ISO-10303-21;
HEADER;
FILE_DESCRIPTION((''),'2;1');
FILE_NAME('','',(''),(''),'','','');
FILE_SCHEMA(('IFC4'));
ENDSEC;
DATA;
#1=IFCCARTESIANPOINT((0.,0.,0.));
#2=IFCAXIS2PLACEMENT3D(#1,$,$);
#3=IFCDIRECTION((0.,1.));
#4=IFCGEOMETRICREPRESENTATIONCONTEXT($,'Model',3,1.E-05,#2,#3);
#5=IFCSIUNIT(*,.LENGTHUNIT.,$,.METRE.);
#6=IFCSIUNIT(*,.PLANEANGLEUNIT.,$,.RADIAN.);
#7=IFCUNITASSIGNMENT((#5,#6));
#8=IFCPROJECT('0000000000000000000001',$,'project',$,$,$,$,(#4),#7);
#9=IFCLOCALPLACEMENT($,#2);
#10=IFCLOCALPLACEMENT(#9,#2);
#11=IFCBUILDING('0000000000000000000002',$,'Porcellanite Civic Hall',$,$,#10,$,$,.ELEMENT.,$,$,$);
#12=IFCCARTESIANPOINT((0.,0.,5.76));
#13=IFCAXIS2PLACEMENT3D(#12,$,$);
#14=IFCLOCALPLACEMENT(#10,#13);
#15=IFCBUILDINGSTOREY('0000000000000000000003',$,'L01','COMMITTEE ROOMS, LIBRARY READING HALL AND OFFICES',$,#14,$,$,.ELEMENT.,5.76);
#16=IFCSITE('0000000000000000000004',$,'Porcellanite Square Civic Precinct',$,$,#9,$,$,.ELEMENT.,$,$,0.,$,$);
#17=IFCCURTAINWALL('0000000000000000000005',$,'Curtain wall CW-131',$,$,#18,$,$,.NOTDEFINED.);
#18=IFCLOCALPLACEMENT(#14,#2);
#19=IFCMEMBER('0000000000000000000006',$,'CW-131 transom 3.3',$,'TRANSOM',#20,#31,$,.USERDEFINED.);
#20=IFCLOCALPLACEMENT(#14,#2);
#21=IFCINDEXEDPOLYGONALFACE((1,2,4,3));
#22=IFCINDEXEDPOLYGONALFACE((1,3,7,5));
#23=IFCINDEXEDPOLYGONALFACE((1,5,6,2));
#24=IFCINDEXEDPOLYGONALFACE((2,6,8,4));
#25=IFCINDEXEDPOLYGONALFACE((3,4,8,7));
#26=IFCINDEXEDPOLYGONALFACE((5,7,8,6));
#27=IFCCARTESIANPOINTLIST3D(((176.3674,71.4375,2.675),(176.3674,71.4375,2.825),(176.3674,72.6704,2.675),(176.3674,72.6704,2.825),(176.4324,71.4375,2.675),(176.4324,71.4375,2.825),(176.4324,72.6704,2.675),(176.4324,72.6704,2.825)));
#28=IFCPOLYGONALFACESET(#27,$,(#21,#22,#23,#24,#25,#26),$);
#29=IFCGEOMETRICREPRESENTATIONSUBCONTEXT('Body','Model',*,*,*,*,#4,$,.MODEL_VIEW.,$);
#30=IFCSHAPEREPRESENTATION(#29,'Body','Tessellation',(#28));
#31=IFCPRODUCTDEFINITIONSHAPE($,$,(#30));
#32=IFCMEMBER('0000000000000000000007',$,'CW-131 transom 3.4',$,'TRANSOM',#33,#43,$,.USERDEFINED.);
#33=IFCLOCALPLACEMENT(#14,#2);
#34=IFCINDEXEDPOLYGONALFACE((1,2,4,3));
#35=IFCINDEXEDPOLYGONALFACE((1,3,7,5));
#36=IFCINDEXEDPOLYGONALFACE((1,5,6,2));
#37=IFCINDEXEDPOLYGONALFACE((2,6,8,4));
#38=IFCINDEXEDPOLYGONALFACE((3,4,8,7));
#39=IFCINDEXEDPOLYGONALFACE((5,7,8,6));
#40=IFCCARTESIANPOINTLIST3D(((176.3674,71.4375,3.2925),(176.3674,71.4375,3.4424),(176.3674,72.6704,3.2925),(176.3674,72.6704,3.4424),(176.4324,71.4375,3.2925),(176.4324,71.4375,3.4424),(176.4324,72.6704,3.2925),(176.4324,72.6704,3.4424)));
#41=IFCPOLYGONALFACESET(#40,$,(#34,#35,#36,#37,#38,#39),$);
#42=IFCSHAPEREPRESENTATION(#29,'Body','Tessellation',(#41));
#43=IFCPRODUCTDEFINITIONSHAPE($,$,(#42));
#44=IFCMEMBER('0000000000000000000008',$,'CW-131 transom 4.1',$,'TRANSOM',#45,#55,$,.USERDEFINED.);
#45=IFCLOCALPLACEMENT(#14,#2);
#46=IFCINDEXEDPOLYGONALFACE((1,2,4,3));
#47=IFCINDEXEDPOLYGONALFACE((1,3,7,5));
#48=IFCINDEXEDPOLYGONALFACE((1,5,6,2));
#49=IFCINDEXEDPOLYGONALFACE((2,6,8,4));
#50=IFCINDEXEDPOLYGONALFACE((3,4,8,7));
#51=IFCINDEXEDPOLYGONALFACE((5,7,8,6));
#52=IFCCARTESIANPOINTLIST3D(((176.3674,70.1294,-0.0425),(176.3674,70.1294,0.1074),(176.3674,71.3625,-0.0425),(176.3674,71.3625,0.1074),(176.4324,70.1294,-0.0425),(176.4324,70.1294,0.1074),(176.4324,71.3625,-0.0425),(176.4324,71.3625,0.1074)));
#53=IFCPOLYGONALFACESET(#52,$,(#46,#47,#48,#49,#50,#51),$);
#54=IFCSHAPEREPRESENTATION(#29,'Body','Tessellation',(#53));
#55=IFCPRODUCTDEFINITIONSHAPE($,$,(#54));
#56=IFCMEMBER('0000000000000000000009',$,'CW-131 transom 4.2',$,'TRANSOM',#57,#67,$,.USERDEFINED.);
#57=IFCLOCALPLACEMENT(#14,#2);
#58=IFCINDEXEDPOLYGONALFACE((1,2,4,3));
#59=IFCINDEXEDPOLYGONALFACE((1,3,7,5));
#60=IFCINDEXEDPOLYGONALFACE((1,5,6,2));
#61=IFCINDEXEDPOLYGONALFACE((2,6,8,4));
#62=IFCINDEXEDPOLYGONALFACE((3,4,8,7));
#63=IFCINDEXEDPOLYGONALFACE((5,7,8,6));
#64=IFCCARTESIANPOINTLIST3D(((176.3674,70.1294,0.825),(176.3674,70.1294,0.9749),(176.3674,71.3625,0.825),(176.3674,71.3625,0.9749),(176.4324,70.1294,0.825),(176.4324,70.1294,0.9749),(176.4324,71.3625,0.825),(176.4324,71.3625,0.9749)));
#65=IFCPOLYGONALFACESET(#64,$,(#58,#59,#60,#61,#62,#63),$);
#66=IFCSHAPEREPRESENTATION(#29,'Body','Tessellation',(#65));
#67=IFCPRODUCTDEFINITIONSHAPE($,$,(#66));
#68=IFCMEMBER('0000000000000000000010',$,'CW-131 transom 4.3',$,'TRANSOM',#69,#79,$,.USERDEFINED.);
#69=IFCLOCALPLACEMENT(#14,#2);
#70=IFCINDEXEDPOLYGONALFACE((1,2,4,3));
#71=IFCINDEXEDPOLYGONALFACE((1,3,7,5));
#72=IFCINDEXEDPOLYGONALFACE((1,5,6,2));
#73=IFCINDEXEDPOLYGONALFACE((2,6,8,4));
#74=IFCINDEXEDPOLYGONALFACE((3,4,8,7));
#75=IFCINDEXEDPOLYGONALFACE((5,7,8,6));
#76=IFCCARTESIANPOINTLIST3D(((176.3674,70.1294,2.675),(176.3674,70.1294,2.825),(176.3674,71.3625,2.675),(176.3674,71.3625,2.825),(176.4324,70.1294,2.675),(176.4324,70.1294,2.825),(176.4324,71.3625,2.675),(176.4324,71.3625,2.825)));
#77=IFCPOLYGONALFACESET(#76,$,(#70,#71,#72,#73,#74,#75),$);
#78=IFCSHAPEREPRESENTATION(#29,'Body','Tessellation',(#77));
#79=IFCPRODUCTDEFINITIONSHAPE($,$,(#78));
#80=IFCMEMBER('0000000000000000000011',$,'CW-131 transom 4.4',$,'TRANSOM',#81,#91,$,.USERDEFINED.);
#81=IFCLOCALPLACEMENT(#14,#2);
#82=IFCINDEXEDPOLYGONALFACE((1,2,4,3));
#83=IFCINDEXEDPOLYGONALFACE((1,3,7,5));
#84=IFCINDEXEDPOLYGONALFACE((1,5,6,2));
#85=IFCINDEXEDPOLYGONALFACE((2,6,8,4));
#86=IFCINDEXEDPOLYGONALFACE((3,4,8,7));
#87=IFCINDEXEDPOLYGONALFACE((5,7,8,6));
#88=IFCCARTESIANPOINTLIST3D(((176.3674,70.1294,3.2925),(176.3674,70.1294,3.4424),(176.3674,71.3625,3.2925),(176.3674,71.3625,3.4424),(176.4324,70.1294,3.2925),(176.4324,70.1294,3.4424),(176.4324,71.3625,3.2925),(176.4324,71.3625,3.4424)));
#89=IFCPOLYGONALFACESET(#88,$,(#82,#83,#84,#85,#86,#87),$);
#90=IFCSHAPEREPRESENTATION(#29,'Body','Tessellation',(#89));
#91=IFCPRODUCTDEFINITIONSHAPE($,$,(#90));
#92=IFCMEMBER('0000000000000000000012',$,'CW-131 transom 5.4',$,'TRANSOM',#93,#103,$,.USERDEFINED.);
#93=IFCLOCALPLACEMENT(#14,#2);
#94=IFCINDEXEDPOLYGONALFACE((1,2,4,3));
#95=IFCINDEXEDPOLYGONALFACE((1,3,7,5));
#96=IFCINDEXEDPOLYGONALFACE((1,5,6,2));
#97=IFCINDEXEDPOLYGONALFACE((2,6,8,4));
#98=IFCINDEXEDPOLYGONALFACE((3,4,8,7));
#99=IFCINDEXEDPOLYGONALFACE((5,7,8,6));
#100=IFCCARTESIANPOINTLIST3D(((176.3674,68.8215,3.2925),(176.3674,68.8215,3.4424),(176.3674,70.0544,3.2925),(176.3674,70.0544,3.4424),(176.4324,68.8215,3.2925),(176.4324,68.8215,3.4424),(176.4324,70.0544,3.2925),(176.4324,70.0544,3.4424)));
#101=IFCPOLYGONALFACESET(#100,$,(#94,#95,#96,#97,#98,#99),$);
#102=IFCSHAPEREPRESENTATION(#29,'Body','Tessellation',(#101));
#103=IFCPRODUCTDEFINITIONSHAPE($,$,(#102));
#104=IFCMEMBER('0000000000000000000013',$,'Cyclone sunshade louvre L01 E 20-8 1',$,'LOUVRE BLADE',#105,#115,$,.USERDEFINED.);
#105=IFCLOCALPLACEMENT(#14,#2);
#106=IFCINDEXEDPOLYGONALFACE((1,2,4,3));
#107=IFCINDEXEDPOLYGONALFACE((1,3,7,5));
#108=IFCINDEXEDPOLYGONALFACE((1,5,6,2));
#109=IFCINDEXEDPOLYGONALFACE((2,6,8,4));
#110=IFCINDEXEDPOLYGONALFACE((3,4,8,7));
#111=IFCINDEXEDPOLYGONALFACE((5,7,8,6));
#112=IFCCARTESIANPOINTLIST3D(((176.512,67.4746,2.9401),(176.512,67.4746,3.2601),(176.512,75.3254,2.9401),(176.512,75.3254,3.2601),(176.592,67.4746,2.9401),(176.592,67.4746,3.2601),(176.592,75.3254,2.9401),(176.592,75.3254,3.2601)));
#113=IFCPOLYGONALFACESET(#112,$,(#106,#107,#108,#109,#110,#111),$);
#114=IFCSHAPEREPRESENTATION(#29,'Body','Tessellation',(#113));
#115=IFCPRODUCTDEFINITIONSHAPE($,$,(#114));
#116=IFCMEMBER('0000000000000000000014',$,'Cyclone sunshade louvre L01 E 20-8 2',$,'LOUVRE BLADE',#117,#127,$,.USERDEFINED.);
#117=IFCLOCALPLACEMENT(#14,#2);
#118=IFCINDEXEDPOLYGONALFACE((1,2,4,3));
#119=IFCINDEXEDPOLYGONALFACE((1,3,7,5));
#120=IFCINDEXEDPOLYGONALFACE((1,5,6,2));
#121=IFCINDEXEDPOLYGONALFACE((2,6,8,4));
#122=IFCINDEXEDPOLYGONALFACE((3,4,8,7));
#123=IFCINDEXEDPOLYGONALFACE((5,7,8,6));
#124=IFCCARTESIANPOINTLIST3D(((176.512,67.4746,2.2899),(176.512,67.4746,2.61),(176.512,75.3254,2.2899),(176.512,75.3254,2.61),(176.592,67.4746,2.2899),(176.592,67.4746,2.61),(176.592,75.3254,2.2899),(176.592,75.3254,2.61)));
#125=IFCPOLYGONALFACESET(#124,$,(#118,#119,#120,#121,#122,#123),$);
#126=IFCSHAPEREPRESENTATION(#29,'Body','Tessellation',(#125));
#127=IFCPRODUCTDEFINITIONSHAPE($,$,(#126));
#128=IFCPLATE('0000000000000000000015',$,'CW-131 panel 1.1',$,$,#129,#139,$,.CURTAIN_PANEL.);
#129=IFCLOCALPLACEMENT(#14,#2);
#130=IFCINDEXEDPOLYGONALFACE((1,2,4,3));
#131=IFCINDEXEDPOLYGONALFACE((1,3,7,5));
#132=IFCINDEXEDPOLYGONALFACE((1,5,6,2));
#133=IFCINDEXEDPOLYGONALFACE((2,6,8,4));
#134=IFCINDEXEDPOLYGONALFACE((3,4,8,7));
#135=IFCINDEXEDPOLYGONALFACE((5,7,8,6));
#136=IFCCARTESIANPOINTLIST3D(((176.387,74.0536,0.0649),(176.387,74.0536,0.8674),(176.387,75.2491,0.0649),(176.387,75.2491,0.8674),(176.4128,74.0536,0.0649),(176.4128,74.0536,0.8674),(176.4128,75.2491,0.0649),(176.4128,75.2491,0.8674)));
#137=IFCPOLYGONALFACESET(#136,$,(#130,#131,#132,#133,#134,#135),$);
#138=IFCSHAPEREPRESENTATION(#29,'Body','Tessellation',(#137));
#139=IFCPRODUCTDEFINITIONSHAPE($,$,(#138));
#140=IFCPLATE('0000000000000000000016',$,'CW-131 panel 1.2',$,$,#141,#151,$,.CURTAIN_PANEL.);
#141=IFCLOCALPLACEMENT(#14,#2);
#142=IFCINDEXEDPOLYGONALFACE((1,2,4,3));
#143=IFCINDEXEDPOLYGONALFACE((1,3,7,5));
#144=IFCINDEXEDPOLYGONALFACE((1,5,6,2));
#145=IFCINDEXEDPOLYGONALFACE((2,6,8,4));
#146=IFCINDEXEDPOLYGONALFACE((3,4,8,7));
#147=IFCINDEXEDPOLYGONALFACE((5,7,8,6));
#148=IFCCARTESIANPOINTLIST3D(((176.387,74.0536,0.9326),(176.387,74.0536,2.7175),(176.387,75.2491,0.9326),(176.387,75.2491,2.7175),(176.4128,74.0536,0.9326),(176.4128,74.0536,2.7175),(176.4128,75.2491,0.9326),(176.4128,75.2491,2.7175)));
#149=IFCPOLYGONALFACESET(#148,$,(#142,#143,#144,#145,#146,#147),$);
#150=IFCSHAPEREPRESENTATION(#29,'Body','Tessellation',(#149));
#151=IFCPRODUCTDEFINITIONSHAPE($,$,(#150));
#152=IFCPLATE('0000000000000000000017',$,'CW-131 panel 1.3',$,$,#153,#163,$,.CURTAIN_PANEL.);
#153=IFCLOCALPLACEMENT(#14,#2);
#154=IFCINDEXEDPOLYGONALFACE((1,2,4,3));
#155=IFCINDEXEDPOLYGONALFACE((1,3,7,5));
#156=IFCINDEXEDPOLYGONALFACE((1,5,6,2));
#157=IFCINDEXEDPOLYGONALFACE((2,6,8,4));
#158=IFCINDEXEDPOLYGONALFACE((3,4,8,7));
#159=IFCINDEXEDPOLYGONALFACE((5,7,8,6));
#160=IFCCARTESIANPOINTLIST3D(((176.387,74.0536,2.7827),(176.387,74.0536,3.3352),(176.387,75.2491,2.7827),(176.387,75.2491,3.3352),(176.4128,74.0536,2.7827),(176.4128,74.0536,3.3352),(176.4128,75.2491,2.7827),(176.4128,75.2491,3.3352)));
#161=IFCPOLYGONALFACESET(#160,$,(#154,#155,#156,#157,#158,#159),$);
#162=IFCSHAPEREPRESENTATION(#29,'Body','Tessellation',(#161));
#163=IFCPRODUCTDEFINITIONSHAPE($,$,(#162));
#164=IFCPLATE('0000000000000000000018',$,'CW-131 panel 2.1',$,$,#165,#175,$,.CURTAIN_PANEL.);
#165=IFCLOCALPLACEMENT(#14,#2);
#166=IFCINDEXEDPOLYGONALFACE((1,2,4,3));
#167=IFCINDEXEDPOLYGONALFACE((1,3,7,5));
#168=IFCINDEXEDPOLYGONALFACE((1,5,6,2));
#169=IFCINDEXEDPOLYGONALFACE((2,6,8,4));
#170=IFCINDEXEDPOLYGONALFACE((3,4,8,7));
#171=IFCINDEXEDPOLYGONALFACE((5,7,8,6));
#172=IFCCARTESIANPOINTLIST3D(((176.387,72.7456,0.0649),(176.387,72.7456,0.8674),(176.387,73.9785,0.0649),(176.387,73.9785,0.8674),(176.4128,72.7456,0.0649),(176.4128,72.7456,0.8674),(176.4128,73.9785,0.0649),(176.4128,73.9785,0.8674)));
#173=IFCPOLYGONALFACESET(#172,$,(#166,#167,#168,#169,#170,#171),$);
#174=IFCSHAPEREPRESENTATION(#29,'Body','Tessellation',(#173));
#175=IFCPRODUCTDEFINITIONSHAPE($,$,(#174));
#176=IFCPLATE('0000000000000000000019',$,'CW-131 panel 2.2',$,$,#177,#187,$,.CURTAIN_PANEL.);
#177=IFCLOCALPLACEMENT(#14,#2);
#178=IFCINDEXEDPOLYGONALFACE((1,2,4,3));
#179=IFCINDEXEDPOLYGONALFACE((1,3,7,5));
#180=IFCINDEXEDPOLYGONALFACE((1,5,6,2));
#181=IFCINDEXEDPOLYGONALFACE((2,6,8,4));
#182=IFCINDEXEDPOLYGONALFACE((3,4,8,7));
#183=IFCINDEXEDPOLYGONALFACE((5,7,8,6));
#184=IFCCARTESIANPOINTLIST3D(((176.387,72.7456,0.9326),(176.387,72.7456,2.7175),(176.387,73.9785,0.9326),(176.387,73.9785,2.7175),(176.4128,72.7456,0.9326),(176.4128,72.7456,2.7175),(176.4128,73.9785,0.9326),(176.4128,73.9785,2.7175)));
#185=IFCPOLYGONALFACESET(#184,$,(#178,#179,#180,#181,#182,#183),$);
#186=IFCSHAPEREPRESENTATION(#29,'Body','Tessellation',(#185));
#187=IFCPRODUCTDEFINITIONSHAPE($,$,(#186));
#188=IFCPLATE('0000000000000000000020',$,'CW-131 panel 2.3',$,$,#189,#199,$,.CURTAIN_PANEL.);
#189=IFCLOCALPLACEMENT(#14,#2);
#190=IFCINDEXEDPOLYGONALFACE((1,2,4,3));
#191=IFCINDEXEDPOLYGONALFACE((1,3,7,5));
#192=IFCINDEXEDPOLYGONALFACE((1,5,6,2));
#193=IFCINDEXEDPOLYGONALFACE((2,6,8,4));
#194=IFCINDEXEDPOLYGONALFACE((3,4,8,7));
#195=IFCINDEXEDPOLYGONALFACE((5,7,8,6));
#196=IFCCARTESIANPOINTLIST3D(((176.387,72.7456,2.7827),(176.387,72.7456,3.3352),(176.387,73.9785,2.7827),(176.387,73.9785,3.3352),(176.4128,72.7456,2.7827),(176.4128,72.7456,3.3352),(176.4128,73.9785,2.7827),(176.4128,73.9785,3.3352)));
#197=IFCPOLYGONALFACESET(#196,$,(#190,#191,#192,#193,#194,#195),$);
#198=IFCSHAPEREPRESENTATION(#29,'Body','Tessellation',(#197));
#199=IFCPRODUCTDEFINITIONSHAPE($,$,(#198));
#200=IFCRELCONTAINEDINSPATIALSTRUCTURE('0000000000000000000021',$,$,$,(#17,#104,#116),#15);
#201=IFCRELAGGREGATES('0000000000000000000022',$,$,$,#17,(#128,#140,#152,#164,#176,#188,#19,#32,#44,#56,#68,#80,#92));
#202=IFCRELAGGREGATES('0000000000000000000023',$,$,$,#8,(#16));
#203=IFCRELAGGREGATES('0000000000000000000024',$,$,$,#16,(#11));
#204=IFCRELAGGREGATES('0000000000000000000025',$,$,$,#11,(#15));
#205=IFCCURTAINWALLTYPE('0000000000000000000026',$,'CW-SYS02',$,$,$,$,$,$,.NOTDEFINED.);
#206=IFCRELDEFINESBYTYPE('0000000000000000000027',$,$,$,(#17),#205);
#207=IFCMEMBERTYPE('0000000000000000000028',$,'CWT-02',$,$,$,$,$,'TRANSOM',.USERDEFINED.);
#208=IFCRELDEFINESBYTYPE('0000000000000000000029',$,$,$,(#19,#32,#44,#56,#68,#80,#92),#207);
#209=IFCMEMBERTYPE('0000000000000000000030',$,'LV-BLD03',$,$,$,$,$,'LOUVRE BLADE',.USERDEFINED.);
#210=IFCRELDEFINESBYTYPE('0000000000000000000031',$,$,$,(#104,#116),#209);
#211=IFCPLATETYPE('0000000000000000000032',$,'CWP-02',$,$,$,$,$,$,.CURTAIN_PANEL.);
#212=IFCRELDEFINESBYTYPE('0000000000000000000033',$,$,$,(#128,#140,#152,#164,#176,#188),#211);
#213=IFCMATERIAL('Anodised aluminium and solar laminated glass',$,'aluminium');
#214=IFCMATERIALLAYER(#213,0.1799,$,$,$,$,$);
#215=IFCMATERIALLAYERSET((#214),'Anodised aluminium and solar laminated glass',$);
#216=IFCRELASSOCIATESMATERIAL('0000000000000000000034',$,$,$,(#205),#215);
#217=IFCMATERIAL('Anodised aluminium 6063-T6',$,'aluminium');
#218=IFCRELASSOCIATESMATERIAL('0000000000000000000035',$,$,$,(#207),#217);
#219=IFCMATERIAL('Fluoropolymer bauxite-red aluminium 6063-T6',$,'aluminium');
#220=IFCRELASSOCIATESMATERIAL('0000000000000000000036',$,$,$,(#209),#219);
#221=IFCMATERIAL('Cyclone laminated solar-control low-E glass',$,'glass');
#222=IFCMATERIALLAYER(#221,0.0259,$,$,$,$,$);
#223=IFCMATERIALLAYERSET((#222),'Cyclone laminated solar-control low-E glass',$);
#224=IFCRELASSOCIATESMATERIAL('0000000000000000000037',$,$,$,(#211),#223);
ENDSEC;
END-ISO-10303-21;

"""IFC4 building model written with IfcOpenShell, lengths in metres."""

from ifc_helpers import new_model, si_unit, direction, frame, origin, origin_2d, place, context, subcontext, project, spatial, rectangle, extrude, material, layer, layer_set, material_profile, profile_set, type_object, element, aggregate, save


model = new_model("IFC4")

# Units and contexts
model_context = context("Model", 3, precision=1e-05, world=origin(), true_north=direction((0.0, 1.0)))
body_context = subcontext(model_context, "Body", "Model", "MODEL_VIEW")
ifc_project = project(units=[si_unit("LENGTHUNIT", "METRE"), si_unit("PLANEANGLEUNIT", "RADIAN")], contexts=[model_context])

# Site, building, storey
site_placement = place(None, origin())
site = spatial("IfcSite", under=ifc_project, at=site_placement, Name="Porcellanite Square Civic Precinct", CompositionType="ELEMENT", RefElevation=0.0)
building_placement = place(site_placement, origin())
building = spatial("IfcBuilding", under=site, at=building_placement, Name="Porcellanite Civic Hall", CompositionType="ELEMENT")
storey_placement = place(building_placement, frame((0.0, 0.0, 5.76)))
storey = spatial("IfcBuildingStorey", under=building, at=storey_placement, Name="L01", Description="COMMITTEE ROOMS, LIBRARY READING HALL AND OFFICES", CompositionType="ELEMENT", Elevation=5.76)

# Curtain wall, members
ifc_material_1 = material(Name="Anodised aluminium and solar laminated glass", Category="aluminium")
ifc_layer_1 = layer(ifc_material_1, 0.1799)
ifc_layer_set_1 = layer_set([ifc_layer_1], Name="Anodised aluminium and solar laminated glass")
curtain_wall_type = type_object("IfcCurtainWallType", Name="CW-SYS02", PredefinedType="NOTDEFINED", material=ifc_layer_set_1)
curtain_wall_placement = place(storey_placement, origin())
curtain_wall = element("IfcCurtainWall", 1, at=curtain_wall_placement, inside=storey, type_object=curtain_wall_type, Name="Curtain wall CW-131", PredefinedType="NOTDEFINED")
ifc_material_2 = material(Name="Anodised aluminium 6063-T6", Category="aluminium")
ifc_material_profile_1 = material_profile(ifc_material_2, rectangle(XDim=0.0649, YDim=0.1499, at=origin_2d()), Name="AL-65x150")
ifc_profile_set_1 = profile_set([ifc_material_profile_1], Name="Anodised aluminium 6063-T6")
member_type_1 = type_object("IfcMemberType", Name="CWT-02", ElementType="TRANSOM", PredefinedType="USERDEFINED", material=ifc_profile_set_1)
member_1_placement = place(storey_placement, frame((176.3999, 72.6704, 2.75), z_axis=(0.0, -1.0, 0.0), x_axis=(1.0, 0.0, 0.0)))
member_1 = element("IfcMember", 2, at=member_1_placement, type_object=member_type_1, Name="CW-131 transom 3.3", ObjectType="TRANSOM", PredefinedType="USERDEFINED", context=body_context, shape_type="SweptSolid", body=[
    extrude(rectangle(XDim=0.0649, YDim=0.1499, at=origin_2d()), origin(), (0.0, 0.0, 1.0), 1.2329),
])
member_2_placement = place(storey_placement, frame((176.3999, 72.6704, 3.3674), z_axis=(0.0, -1.0, 0.0), x_axis=(1.0, 0.0, 0.0)))
member_2 = element("IfcMember", 3, at=member_2_placement, type_object=member_type_1, Name="CW-131 transom 3.4", ObjectType="TRANSOM", PredefinedType="USERDEFINED", context=body_context, shape_type="SweptSolid", body=[
    extrude(rectangle(XDim=0.0649, YDim=0.1499, at=origin_2d()), origin(), (0.0, 0.0, 1.0), 1.2329),
])
member_3_placement = place(storey_placement, frame((176.3999, 71.3625, 0.0325), z_axis=(0.0, -1.0, 0.0), x_axis=(1.0, 0.0, 0.0)))
member_3 = element("IfcMember", 4, at=member_3_placement, type_object=member_type_1, Name="CW-131 transom 4.1", ObjectType="TRANSOM", PredefinedType="USERDEFINED", context=body_context, shape_type="SweptSolid", body=[
    extrude(rectangle(XDim=0.0649, YDim=0.1499, at=origin_2d()), origin(), (0.0, 0.0, 1.0), 1.2332),
])
member_4_placement = place(storey_placement, frame((176.3999, 71.3625, 0.8999), z_axis=(0.0, -1.0, 0.0), x_axis=(1.0, 0.0, 0.0)))
member_4 = element("IfcMember", 5, at=member_4_placement, type_object=member_type_1, Name="CW-131 transom 4.2", ObjectType="TRANSOM", PredefinedType="USERDEFINED", context=body_context, shape_type="SweptSolid", body=[
    extrude(rectangle(XDim=0.0649, YDim=0.1499, at=origin_2d()), origin(), (0.0, 0.0, 1.0), 1.2332),
])
member_5_placement = place(storey_placement, frame((176.3999, 71.3625, 2.75), z_axis=(0.0, -1.0, 0.0), x_axis=(1.0, 0.0, 0.0)))
member_5 = element("IfcMember", 6, at=member_5_placement, type_object=member_type_1, Name="CW-131 transom 4.3", ObjectType="TRANSOM", PredefinedType="USERDEFINED", context=body_context, shape_type="SweptSolid", body=[
    extrude(rectangle(XDim=0.0649, YDim=0.1499, at=origin_2d()), origin(), (0.0, 0.0, 1.0), 1.2332),
])
member_6_placement = place(storey_placement, frame((176.3999, 71.3625, 3.3674), z_axis=(0.0, -1.0, 0.0), x_axis=(1.0, 0.0, 0.0)))
member_6 = element("IfcMember", 7, at=member_6_placement, type_object=member_type_1, Name="CW-131 transom 4.4", ObjectType="TRANSOM", PredefinedType="USERDEFINED", context=body_context, shape_type="SweptSolid", body=[
    extrude(rectangle(XDim=0.0649, YDim=0.1499, at=origin_2d()), origin(), (0.0, 0.0, 1.0), 1.2332),
])
member_7_placement = place(storey_placement, frame((176.3999, 70.0544, 3.3674), z_axis=(0.0, -1.0, 0.0), x_axis=(1.0, 0.0, 0.0)))
member_7 = element("IfcMember", 8, at=member_7_placement, type_object=member_type_1, Name="CW-131 transom 5.4", ObjectType="TRANSOM", PredefinedType="USERDEFINED", context=body_context, shape_type="SweptSolid", body=[
    extrude(rectangle(XDim=0.0649, YDim=0.1499, at=origin_2d()), origin(), (0.0, 0.0, 1.0), 1.2329),
])

# Members
ifc_material_3 = material(Name="Fluoropolymer bauxite-red aluminium 6063-T6", Category="aluminium")
ifc_material_profile_2 = material_profile(ifc_material_3, rectangle(XDim=0.0801, YDim=0.3201, at=origin_2d()), Name="AL-80x320")
ifc_profile_set_2 = profile_set([ifc_material_profile_2], Name="Fluoropolymer bauxite-red aluminium 6063-T6")
member_type_2 = type_object("IfcMemberType", Name="LV-BLD03", ElementType="LOUVRE BLADE", PredefinedType="USERDEFINED", material=ifc_profile_set_2)
for number, where, z_axis, x_axis, name in (
    (9, (176.552, 75.3254, 3.1001), (0.0, -1.0, 0.0), (1.0, 0.0, 0.0), "Cyclone sunshade louvre L01 E 20-8 1"),
    (10, (176.552, 75.3254, 2.45), (0.0, -1.0, 0.0), (1.0, 0.0, 0.0), "Cyclone sunshade louvre L01 E 20-8 2"),
):
    element("IfcMember", number, at=place(storey_placement, frame(where, z_axis=z_axis, x_axis=x_axis)), inside=storey, type_object=member_type_2, Name=name, ObjectType="LOUVRE BLADE", PredefinedType="USERDEFINED", context=body_context, shape_type="SweptSolid", body=[
        extrude(rectangle(XDim=0.0801, YDim=0.3201, at=origin_2d()), origin(), (0.0, 0.0, 1.0), 7.8508),
    ])

# Plates
ifc_material_4 = material(Name="Cyclone laminated solar-control low-E glass", Category="glass")
ifc_layer_2 = layer(ifc_material_4, 0.0259)
ifc_layer_set_2 = layer_set([ifc_layer_2], Name="Cyclone laminated solar-control low-E glass")
plate_type = type_object("IfcPlateType", Name="CWP-02", PredefinedType="CURTAIN_PANEL", material=ifc_layer_set_2)
plate_1_placement = place(storey_placement, frame((176.3999, 74.6514, 0.0649), z_axis=(0.0, 0.0, 1.0), x_axis=(0.0, -1.0, 0.0)))
plate_1 = element("IfcPlate", 11, at=plate_1_placement, type_object=plate_type, Name="CW-131 panel 1.1", PredefinedType="CURTAIN_PANEL", context=body_context, shape_type="SweptSolid", body=[
    extrude(rectangle(XDim=1.1956, YDim=0.0259, at=origin_2d()), origin(), (0.0, 0.0, 1.0), 0.8025),
])
plate_2_placement = place(storey_placement, frame((176.3999, 74.6514, 0.9326), z_axis=(0.0, 0.0, 1.0), x_axis=(0.0, -1.0, 0.0)))
plate_2 = element("IfcPlate", 12, at=plate_2_placement, type_object=plate_type, Name="CW-131 panel 1.2", PredefinedType="CURTAIN_PANEL", context=body_context, shape_type="SweptSolid", body=[
    extrude(rectangle(XDim=1.1956, YDim=0.0259, at=origin_2d()), origin(), (0.0, 0.0, 1.0), 1.7849),
])
plate_3_placement = place(storey_placement, frame((176.3999, 74.6514, 2.7827), z_axis=(0.0, 0.0, 1.0), x_axis=(0.0, -1.0, 0.0)))
plate_3 = element("IfcPlate", 13, at=plate_3_placement, type_object=plate_type, Name="CW-131 panel 1.3", PredefinedType="CURTAIN_PANEL", context=body_context, shape_type="SweptSolid", body=[
    extrude(rectangle(XDim=1.1956, YDim=0.0259, at=origin_2d()), origin(), (0.0, 0.0, 1.0), 0.5525),
])
plate_4_placement = place(storey_placement, frame((176.3999, 73.3621, 0.0649), z_axis=(0.0, 0.0, 1.0), x_axis=(0.0, -1.0, 0.0)))
plate_4 = element("IfcPlate", 14, at=plate_4_placement, type_object=plate_type, Name="CW-131 panel 2.1", PredefinedType="CURTAIN_PANEL", context=body_context, shape_type="SweptSolid", body=[
    extrude(rectangle(XDim=1.2329, YDim=0.0259, at=origin_2d()), origin(), (0.0, 0.0, 1.0), 0.8025),
])
plate_5_placement = place(storey_placement, frame((176.3999, 73.3621, 0.9326), z_axis=(0.0, 0.0, 1.0), x_axis=(0.0, -1.0, 0.0)))
plate_5 = element("IfcPlate", 15, at=plate_5_placement, type_object=plate_type, Name="CW-131 panel 2.2", PredefinedType="CURTAIN_PANEL", context=body_context, shape_type="SweptSolid", body=[
    extrude(rectangle(XDim=1.2329, YDim=0.0259, at=origin_2d()), origin(), (0.0, 0.0, 1.0), 1.7849),
])
plate_6_placement = place(storey_placement, frame((176.3999, 73.3621, 2.7827), z_axis=(0.0, 0.0, 1.0), x_axis=(0.0, -1.0, 0.0)))
plate_6 = element("IfcPlate", 16, at=plate_6_placement, type_object=plate_type, Name="CW-131 panel 2.3", PredefinedType="CURTAIN_PANEL", context=body_context, shape_type="SweptSolid", body=[
    extrude(rectangle(XDim=1.2329, YDim=0.0259, at=origin_2d()), origin(), (0.0, 0.0, 1.0), 0.5525),
])
aggregate(curtain_wall, [plate_1, plate_2, plate_3, plate_4, plate_5, plate_6, member_1, member_2, member_3, member_4, member_5, member_6, member_7])

save(model, "model.ifc")
